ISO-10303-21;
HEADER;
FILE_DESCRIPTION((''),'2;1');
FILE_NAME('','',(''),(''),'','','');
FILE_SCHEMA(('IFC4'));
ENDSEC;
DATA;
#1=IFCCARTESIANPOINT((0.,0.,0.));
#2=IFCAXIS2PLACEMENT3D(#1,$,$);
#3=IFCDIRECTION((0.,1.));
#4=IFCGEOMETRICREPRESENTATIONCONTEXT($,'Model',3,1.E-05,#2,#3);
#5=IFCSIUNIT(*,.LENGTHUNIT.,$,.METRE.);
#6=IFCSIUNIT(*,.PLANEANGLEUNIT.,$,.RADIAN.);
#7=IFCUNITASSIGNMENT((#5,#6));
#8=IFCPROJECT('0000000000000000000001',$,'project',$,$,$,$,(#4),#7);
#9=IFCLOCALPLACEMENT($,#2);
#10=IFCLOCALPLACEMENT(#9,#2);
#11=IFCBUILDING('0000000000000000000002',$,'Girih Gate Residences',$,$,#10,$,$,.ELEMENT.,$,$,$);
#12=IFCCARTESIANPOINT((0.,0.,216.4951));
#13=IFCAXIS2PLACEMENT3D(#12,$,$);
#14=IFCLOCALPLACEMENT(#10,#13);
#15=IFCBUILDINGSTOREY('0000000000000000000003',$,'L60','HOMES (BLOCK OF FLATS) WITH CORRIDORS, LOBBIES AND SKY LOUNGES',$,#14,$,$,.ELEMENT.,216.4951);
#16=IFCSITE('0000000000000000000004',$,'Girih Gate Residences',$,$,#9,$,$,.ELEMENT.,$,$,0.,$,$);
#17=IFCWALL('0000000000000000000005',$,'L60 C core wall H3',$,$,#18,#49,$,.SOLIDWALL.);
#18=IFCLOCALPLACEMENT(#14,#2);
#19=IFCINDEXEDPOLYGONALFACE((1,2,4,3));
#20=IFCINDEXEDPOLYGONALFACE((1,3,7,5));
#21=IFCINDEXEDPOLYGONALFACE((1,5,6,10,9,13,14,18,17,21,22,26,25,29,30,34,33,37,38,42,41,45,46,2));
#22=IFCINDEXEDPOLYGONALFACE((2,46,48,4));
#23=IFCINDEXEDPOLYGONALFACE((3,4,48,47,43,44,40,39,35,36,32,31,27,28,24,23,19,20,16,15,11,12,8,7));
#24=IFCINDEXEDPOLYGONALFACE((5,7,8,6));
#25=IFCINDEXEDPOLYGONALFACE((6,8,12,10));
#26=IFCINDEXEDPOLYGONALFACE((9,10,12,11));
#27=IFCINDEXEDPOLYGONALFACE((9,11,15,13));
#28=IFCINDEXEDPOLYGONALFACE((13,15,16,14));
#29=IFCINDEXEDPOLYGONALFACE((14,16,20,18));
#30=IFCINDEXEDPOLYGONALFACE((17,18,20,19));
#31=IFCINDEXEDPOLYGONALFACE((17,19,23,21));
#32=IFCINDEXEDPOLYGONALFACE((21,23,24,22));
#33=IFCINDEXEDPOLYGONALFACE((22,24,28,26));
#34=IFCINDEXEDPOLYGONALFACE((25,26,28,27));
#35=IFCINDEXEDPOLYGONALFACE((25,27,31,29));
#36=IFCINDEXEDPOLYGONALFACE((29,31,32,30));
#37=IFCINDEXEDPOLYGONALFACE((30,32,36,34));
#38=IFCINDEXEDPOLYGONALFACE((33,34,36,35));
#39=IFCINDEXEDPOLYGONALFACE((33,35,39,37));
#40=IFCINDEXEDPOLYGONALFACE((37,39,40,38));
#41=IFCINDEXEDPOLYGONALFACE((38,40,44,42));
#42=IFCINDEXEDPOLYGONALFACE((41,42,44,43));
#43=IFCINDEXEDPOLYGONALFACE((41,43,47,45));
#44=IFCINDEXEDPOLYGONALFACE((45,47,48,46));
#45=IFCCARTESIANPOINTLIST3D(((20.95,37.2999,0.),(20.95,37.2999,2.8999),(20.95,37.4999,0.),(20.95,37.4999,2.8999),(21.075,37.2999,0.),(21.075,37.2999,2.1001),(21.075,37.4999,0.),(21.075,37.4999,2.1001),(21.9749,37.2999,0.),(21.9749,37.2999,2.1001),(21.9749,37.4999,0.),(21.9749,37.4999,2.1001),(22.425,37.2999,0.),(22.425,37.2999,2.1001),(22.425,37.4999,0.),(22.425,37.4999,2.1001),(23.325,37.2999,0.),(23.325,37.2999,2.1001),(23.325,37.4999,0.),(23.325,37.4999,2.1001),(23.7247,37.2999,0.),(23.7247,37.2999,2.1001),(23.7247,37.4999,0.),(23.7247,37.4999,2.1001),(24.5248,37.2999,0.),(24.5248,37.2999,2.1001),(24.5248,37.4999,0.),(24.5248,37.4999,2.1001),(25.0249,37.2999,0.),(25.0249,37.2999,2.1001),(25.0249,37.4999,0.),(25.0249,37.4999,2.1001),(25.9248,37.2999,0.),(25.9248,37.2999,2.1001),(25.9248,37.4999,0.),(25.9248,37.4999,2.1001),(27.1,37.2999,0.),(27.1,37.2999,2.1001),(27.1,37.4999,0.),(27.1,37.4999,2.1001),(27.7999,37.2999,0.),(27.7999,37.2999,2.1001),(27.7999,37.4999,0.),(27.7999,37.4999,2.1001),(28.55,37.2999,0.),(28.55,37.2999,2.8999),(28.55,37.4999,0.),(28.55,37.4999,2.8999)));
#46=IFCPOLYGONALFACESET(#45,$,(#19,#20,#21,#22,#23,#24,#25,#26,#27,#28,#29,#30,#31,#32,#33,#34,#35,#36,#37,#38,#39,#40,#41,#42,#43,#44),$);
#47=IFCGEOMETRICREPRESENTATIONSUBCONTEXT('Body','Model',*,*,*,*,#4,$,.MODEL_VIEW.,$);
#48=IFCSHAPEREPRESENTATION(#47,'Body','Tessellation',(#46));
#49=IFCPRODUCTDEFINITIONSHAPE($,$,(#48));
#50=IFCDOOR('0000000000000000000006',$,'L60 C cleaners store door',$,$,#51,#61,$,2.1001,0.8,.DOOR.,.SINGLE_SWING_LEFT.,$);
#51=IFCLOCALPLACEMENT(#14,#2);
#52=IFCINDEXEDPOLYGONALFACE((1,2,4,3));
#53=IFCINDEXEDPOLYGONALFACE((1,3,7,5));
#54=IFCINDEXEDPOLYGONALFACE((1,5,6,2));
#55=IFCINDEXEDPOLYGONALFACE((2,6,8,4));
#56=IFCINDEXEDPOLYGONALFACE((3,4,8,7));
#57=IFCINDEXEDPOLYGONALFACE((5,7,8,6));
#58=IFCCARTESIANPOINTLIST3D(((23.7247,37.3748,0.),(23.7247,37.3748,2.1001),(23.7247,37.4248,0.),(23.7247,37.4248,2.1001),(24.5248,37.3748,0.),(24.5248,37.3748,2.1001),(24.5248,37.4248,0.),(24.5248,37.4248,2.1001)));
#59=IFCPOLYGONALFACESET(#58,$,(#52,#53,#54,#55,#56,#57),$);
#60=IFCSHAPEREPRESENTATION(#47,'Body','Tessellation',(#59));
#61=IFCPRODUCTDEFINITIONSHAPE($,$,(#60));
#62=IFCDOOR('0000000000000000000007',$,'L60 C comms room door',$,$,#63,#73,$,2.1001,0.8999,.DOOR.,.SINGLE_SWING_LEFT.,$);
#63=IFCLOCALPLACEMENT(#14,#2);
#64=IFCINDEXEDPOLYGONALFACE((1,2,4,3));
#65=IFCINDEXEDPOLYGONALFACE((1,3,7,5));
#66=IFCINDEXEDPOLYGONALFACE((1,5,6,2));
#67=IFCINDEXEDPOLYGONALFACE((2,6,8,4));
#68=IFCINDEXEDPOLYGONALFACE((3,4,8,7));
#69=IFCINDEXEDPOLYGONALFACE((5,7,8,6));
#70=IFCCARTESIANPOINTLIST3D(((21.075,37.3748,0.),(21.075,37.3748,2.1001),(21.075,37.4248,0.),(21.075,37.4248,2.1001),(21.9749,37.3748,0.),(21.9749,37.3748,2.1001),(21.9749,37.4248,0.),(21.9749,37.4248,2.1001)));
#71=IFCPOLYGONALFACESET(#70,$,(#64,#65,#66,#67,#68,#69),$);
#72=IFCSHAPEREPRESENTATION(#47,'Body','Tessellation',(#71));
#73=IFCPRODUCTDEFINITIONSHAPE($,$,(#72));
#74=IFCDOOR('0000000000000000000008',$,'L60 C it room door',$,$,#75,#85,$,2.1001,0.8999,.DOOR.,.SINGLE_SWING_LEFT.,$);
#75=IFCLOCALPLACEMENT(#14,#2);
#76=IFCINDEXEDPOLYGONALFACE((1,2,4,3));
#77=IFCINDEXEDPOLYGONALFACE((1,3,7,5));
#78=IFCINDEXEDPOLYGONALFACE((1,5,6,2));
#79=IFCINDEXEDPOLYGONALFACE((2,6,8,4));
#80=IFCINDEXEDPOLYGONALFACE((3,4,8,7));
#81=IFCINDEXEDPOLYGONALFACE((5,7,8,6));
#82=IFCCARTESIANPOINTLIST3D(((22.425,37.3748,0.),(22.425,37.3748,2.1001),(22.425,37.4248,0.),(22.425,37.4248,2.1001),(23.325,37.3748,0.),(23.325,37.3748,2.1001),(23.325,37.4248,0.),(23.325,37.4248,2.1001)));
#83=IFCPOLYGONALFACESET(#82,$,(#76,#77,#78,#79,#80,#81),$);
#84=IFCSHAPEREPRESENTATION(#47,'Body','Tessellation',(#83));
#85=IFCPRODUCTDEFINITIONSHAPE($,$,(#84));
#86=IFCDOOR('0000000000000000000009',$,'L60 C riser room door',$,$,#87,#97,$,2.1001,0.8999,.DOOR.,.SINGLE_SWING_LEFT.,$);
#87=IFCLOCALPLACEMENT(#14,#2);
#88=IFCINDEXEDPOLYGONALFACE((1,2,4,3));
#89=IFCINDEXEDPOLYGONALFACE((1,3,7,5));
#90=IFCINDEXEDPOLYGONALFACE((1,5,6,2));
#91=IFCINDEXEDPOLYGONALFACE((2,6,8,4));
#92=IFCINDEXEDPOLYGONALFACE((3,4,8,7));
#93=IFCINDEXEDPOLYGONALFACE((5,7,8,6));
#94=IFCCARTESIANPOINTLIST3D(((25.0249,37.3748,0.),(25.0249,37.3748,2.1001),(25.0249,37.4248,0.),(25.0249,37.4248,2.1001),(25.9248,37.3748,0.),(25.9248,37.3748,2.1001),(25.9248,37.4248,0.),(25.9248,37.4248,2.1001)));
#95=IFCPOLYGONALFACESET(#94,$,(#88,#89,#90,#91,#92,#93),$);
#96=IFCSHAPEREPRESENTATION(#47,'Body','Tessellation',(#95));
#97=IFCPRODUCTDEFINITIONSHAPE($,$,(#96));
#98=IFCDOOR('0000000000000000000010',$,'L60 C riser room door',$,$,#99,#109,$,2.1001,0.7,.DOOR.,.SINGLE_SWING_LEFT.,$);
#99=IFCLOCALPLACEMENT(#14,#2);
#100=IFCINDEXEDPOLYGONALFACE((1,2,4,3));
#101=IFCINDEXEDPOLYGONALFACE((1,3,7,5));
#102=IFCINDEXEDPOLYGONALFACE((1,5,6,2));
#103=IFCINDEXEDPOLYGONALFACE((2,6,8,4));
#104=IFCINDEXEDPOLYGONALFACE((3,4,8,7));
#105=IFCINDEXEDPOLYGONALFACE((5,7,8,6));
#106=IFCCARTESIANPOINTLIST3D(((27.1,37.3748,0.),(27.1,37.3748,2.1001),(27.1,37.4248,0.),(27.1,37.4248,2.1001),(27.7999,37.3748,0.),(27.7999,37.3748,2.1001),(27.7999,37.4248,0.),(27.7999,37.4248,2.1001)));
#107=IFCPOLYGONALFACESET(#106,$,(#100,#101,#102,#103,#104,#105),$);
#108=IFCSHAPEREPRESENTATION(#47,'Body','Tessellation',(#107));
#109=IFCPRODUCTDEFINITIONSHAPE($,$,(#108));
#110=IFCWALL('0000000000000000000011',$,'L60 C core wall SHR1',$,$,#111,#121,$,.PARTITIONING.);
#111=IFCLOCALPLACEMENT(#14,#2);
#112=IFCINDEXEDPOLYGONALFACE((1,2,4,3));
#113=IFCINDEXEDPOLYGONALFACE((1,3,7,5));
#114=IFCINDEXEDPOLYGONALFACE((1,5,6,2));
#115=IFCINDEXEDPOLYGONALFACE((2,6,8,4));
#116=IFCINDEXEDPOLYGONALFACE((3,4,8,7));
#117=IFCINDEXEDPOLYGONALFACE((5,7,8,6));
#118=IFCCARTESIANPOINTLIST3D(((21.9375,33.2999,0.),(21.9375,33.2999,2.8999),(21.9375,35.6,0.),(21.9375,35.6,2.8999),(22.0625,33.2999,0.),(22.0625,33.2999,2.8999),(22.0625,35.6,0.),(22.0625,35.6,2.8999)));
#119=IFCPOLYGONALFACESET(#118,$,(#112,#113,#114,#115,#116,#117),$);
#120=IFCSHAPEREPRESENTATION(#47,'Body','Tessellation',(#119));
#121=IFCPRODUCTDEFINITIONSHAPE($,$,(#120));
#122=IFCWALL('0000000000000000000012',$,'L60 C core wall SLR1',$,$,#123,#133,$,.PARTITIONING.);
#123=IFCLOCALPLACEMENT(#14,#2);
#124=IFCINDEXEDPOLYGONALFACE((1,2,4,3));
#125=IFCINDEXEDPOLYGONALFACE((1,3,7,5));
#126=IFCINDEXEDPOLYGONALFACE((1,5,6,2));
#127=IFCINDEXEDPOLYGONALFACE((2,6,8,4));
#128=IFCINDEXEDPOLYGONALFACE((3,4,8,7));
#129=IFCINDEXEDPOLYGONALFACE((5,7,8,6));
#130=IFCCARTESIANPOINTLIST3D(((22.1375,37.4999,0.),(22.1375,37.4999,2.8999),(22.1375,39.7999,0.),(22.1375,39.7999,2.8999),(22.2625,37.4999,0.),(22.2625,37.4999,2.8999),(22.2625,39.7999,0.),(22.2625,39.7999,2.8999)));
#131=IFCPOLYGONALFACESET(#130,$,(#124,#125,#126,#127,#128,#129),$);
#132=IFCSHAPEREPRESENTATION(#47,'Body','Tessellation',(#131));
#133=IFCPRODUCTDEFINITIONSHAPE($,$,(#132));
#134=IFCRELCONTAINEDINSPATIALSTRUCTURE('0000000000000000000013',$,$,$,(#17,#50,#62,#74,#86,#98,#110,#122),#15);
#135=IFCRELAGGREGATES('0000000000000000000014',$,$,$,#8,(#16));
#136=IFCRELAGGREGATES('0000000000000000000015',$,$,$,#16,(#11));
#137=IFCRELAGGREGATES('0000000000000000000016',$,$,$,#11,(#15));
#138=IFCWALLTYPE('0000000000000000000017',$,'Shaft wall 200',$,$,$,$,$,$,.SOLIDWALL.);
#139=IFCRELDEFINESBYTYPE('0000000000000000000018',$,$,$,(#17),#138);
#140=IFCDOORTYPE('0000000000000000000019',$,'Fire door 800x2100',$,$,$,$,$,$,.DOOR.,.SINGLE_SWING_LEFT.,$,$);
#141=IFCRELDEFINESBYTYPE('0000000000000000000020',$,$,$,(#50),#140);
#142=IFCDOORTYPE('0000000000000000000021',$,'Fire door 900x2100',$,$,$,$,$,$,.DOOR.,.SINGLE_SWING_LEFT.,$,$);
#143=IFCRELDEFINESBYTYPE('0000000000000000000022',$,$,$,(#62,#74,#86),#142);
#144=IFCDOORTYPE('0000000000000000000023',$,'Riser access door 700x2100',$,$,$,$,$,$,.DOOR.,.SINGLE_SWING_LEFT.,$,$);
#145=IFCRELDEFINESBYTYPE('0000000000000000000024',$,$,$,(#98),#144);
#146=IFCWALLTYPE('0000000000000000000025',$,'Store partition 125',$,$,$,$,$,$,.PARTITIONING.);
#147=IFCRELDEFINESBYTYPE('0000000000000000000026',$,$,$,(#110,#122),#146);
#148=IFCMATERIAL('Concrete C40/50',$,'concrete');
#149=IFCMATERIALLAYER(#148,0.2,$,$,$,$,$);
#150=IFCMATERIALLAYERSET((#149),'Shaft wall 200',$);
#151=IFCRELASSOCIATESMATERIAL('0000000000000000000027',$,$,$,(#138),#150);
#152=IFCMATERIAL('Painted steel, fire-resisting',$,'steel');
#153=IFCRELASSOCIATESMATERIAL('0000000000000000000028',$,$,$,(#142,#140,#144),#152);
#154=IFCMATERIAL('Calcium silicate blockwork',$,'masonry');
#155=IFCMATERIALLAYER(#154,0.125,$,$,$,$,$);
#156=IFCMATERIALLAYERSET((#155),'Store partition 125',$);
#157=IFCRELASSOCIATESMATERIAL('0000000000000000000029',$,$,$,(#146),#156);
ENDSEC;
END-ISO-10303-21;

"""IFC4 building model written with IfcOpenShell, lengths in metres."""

from ifc_helpers import new_model, si_unit, direction, frame, frame_2d, origin, place, context, subcontext, project, spatial, rectangle, extrude, material, layer, layer_set, type_object, element, fill, save


model = new_model("IFC4")

# Units and contexts
model_context = context("Model", 3, precision=1e-05, world=origin(), true_north=direction((0.0, 1.0)))
body_context = subcontext(model_context, "Body", "Model", "MODEL_VIEW")
ifc_project = project(units=[si_unit("LENGTHUNIT", "METRE"), si_unit("PLANEANGLEUNIT", "RADIAN")], contexts=[model_context])

# Site, building, storey
site_placement = place(None, origin())
site = spatial("IfcSite", under=ifc_project, at=site_placement, Name="Girih Gate Residences", CompositionType="ELEMENT", RefElevation=0.0)
building_placement = place(site_placement, origin())
building = spatial("IfcBuilding", under=site, at=building_placement, Name="Girih Gate Residences", CompositionType="ELEMENT")
storey_placement = place(building_placement, frame((0.0, 0.0, 216.4951)))
storey = spatial("IfcBuildingStorey", under=building, at=storey_placement, Name="L60", Description="HOMES (BLOCK OF FLATS) WITH CORRIDORS, LOBBIES AND SKY LOUNGES", CompositionType="ELEMENT", Elevation=216.4951)

# Shared definitions
ifc_material_1 = material(Name="Concrete C40/50", Category="concrete")
ifc_layer_1 = layer(ifc_material_1, 0.2)
ifc_layer_set_1 = layer_set([ifc_layer_1], Name="Shaft wall 200")
wall_type_1 = type_object("IfcWallType", Name="Shaft wall 200", PredefinedType="SOLIDWALL", material=ifc_layer_set_1)
ifc_material_2 = material(Name="Painted steel, fire-resisting", Category="steel")
door_type_1 = type_object("IfcDoorType", Name="Fire door 900x2100", OperationType="SINGLE_SWING_LEFT", PredefinedType="DOOR", material=ifc_material_2)

# Wall, openings, doors
door_type_2 = type_object("IfcDoorType", Name="Fire door 800x2100", OperationType="SINGLE_SWING_LEFT", PredefinedType="DOOR", material=ifc_material_2)
wall_1_placement = place(storey_placement, frame((20.95, 37.3999, 0.0), z_axis=(0.0, 0.0, 1.0), x_axis=(1.0, 0.0, 0.0)))
wall_1 = element("IfcWall", 1, at=wall_1_placement, inside=storey, type_object=wall_type_1, Name="L60 C core wall H3", PredefinedType="SOLIDWALL", context=body_context, shape_type="SweptSolid", body=[
    extrude(rectangle(XDim=7.6001, YDim=0.2, at=frame_2d((3.8, 0.0))), origin(), (0.0, 0.0, 1.0), 2.8999),
])
opening_1_placement = place(wall_1_placement, frame((6.1499, 0.0, 0.0)))
opening_1 = element("IfcOpeningElement", 2, at=opening_1_placement, cuts=wall_1, PredefinedType="OPENING", context=body_context, shape_type="SweptSolid", body=[
    extrude(rectangle(XDim=0.7, YDim=2.1001, at=frame_2d((0.3501, 1.05))), frame((0.0, 0.1099, 0.0), z_axis=(0.0, -1.0, 0.0), x_axis=(1.0, 0.0, 0.0)), (0.0, 0.0, 1.0), 0.22),
])
opening_2_placement = place(wall_1_placement, frame((0.125, 0.0, 0.0)))
opening_2 = element("IfcOpeningElement", 3, at=opening_2_placement, cuts=wall_1, PredefinedType="OPENING", context=body_context, shape_type="SweptSolid", body=[
    extrude(rectangle(XDim=0.8999, YDim=2.1001, at=frame_2d((0.45, 1.05))), frame((0.0, 0.1099, 0.0), z_axis=(0.0, -1.0, 0.0), x_axis=(1.0, 0.0, 0.0)), (0.0, 0.0, 1.0), 0.22),
])
opening_3_placement = place(wall_1_placement, frame((1.4751, 0.0, 0.0)))
opening_3 = element("IfcOpeningElement", 4, at=opening_3_placement, cuts=wall_1, PredefinedType="OPENING", context=body_context, shape_type="SweptSolid", body=[
    extrude(rectangle(XDim=0.8999, YDim=2.1001, at=frame_2d((0.45, 1.05))), frame((0.0, 0.1099, 0.0), z_axis=(0.0, -1.0, 0.0), x_axis=(1.0, 0.0, 0.0)), (0.0, 0.0, 1.0), 0.22),
])
opening_4_placement = place(wall_1_placement, frame((2.7749, 0.0, 0.0)))
opening_4 = element("IfcOpeningElement", 5, at=opening_4_placement, cuts=wall_1, PredefinedType="OPENING", context=body_context, shape_type="SweptSolid", body=[
    extrude(rectangle(XDim=0.8, YDim=2.1001, at=frame_2d((0.3999, 1.05))), frame((0.0, 0.1099, 0.0), z_axis=(0.0, -1.0, 0.0), x_axis=(1.0, 0.0, 0.0)), (0.0, 0.0, 1.0), 0.22),
])
opening_5_placement = place(wall_1_placement, frame((4.075, 0.0, 0.0)))
opening_5 = element("IfcOpeningElement", 6, at=opening_5_placement, cuts=wall_1, PredefinedType="OPENING", context=body_context, shape_type="SweptSolid", body=[
    extrude(rectangle(XDim=0.8999, YDim=2.1001, at=frame_2d((0.45, 1.05))), frame((0.0, 0.1099, 0.0), z_axis=(0.0, -1.0, 0.0), x_axis=(1.0, 0.0, 0.0)), (0.0, 0.0, 1.0), 0.22),
])
door_1_placement = place(opening_4_placement, origin())
door_1 = element("IfcDoor", 7, at=door_1_placement, inside=storey, type_object=door_type_2, Name="L60 C cleaners store door", OperationType="SINGLE_SWING_LEFT", OverallHeight=2.1001, OverallWidth=0.8, PredefinedType="DOOR", context=body_context, shape_type="SweptSolid", body=[
    extrude(rectangle(XDim=0.8, YDim=2.1001, at=frame_2d((0.3999, 1.05))), frame((0.0, 0.0249, 0.0), z_axis=(0.0, -1.0, 0.0), x_axis=(1.0, 0.0, 0.0)), (0.0, 0.0, 1.0), 0.05),
])
fill(opening_4, door_1)
door_2_placement = place(opening_2_placement, origin())
door_2 = element("IfcDoor", 8, at=door_2_placement, inside=storey, type_object=door_type_1, Name="L60 C comms room door", OperationType="SINGLE_SWING_LEFT", OverallHeight=2.1001, OverallWidth=0.8999, PredefinedType="DOOR", context=body_context, shape_type="SweptSolid", body=[
    extrude(rectangle(XDim=0.8999, YDim=2.1001, at=frame_2d((0.45, 1.05))), frame((0.0, 0.0249, 0.0), z_axis=(0.0, -1.0, 0.0), x_axis=(1.0, 0.0, 0.0)), (0.0, 0.0, 1.0), 0.05),
])
fill(opening_2, door_2)
door_3_placement = place(opening_3_placement, origin())
door_3 = element("IfcDoor", 9, at=door_3_placement, inside=storey, type_object=door_type_1, Name="L60 C it room door", OperationType="SINGLE_SWING_LEFT", OverallHeight=2.1001, OverallWidth=0.8999, PredefinedType="DOOR", context=body_context, shape_type="SweptSolid", body=[
    extrude(rectangle(XDim=0.8999, YDim=2.1001, at=frame_2d((0.45, 1.05))), frame((0.0, 0.0249, 0.0), z_axis=(0.0, -1.0, 0.0), x_axis=(1.0, 0.0, 0.0)), (0.0, 0.0, 1.0), 0.05),
])
fill(opening_3, door_3)
door_4_placement = place(opening_5_placement, origin())
door_4 = element("IfcDoor", 10, at=door_4_placement, inside=storey, type_object=door_type_1, Name="L60 C riser room door", OperationType="SINGLE_SWING_LEFT", OverallHeight=2.1001, OverallWidth=0.8999, PredefinedType="DOOR", context=body_context, shape_type="SweptSolid", body=[
    extrude(rectangle(XDim=0.8999, YDim=2.1001, at=frame_2d((0.45, 1.05))), frame((0.0, 0.0249, 0.0), z_axis=(0.0, -1.0, 0.0), x_axis=(1.0, 0.0, 0.0)), (0.0, 0.0, 1.0), 0.05),
])
fill(opening_5, door_4)
door_type_3 = type_object("IfcDoorType", Name="Riser access door 700x2100", OperationType="SINGLE_SWING_LEFT", PredefinedType="DOOR", material=ifc_material_2)
door_5_placement = place(opening_1_placement, origin())
door_5 = element("IfcDoor", 11, at=door_5_placement, inside=storey, type_object=door_type_3, Name="L60 C riser room door", OperationType="SINGLE_SWING_LEFT", OverallHeight=2.1001, OverallWidth=0.7, PredefinedType="DOOR", context=body_context, shape_type="SweptSolid", body=[
    extrude(rectangle(XDim=0.7, YDim=2.1001, at=frame_2d((0.3501, 1.05))), frame((0.0, 0.0249, 0.0), z_axis=(0.0, -1.0, 0.0), x_axis=(1.0, 0.0, 0.0)), (0.0, 0.0, 1.0), 0.05),
])
fill(opening_1, door_5)

# Walls
ifc_material_3 = material(Name="Calcium silicate blockwork", Category="masonry")
ifc_layer_2 = layer(ifc_material_3, 0.125)
ifc_layer_set_2 = layer_set([ifc_layer_2], Name="Store partition 125")
wall_type_2 = type_object("IfcWallType", Name="Store partition 125", PredefinedType="PARTITIONING", material=ifc_layer_set_2)
for number, where, z_axis, x_axis, name in (
    (12, (22.0, 33.3, 0.0), (0.0, 0.0, 1.0), (0.0, 1.0, 0.0), "L60 C core wall SHR1"),
    (13, (22.2, 37.5, 0.0), (0.0, 0.0, 1.0), (0.0, 1.0, 0.0), "L60 C core wall SLR1"),
):
    element("IfcWall", number, at=place(storey_placement, frame(where, z_axis=z_axis, x_axis=x_axis)), inside=storey, type_object=wall_type_2, Name=name, PredefinedType="PARTITIONING", context=body_context, shape_type="SweptSolid", body=[
        extrude(rectangle(XDim=2.3, YDim=0.125, at=frame_2d((1.1499, 0.0))), origin(), (0.0, 0.0, 1.0), 2.8999),
    ])

save(model, "model.ifc")
